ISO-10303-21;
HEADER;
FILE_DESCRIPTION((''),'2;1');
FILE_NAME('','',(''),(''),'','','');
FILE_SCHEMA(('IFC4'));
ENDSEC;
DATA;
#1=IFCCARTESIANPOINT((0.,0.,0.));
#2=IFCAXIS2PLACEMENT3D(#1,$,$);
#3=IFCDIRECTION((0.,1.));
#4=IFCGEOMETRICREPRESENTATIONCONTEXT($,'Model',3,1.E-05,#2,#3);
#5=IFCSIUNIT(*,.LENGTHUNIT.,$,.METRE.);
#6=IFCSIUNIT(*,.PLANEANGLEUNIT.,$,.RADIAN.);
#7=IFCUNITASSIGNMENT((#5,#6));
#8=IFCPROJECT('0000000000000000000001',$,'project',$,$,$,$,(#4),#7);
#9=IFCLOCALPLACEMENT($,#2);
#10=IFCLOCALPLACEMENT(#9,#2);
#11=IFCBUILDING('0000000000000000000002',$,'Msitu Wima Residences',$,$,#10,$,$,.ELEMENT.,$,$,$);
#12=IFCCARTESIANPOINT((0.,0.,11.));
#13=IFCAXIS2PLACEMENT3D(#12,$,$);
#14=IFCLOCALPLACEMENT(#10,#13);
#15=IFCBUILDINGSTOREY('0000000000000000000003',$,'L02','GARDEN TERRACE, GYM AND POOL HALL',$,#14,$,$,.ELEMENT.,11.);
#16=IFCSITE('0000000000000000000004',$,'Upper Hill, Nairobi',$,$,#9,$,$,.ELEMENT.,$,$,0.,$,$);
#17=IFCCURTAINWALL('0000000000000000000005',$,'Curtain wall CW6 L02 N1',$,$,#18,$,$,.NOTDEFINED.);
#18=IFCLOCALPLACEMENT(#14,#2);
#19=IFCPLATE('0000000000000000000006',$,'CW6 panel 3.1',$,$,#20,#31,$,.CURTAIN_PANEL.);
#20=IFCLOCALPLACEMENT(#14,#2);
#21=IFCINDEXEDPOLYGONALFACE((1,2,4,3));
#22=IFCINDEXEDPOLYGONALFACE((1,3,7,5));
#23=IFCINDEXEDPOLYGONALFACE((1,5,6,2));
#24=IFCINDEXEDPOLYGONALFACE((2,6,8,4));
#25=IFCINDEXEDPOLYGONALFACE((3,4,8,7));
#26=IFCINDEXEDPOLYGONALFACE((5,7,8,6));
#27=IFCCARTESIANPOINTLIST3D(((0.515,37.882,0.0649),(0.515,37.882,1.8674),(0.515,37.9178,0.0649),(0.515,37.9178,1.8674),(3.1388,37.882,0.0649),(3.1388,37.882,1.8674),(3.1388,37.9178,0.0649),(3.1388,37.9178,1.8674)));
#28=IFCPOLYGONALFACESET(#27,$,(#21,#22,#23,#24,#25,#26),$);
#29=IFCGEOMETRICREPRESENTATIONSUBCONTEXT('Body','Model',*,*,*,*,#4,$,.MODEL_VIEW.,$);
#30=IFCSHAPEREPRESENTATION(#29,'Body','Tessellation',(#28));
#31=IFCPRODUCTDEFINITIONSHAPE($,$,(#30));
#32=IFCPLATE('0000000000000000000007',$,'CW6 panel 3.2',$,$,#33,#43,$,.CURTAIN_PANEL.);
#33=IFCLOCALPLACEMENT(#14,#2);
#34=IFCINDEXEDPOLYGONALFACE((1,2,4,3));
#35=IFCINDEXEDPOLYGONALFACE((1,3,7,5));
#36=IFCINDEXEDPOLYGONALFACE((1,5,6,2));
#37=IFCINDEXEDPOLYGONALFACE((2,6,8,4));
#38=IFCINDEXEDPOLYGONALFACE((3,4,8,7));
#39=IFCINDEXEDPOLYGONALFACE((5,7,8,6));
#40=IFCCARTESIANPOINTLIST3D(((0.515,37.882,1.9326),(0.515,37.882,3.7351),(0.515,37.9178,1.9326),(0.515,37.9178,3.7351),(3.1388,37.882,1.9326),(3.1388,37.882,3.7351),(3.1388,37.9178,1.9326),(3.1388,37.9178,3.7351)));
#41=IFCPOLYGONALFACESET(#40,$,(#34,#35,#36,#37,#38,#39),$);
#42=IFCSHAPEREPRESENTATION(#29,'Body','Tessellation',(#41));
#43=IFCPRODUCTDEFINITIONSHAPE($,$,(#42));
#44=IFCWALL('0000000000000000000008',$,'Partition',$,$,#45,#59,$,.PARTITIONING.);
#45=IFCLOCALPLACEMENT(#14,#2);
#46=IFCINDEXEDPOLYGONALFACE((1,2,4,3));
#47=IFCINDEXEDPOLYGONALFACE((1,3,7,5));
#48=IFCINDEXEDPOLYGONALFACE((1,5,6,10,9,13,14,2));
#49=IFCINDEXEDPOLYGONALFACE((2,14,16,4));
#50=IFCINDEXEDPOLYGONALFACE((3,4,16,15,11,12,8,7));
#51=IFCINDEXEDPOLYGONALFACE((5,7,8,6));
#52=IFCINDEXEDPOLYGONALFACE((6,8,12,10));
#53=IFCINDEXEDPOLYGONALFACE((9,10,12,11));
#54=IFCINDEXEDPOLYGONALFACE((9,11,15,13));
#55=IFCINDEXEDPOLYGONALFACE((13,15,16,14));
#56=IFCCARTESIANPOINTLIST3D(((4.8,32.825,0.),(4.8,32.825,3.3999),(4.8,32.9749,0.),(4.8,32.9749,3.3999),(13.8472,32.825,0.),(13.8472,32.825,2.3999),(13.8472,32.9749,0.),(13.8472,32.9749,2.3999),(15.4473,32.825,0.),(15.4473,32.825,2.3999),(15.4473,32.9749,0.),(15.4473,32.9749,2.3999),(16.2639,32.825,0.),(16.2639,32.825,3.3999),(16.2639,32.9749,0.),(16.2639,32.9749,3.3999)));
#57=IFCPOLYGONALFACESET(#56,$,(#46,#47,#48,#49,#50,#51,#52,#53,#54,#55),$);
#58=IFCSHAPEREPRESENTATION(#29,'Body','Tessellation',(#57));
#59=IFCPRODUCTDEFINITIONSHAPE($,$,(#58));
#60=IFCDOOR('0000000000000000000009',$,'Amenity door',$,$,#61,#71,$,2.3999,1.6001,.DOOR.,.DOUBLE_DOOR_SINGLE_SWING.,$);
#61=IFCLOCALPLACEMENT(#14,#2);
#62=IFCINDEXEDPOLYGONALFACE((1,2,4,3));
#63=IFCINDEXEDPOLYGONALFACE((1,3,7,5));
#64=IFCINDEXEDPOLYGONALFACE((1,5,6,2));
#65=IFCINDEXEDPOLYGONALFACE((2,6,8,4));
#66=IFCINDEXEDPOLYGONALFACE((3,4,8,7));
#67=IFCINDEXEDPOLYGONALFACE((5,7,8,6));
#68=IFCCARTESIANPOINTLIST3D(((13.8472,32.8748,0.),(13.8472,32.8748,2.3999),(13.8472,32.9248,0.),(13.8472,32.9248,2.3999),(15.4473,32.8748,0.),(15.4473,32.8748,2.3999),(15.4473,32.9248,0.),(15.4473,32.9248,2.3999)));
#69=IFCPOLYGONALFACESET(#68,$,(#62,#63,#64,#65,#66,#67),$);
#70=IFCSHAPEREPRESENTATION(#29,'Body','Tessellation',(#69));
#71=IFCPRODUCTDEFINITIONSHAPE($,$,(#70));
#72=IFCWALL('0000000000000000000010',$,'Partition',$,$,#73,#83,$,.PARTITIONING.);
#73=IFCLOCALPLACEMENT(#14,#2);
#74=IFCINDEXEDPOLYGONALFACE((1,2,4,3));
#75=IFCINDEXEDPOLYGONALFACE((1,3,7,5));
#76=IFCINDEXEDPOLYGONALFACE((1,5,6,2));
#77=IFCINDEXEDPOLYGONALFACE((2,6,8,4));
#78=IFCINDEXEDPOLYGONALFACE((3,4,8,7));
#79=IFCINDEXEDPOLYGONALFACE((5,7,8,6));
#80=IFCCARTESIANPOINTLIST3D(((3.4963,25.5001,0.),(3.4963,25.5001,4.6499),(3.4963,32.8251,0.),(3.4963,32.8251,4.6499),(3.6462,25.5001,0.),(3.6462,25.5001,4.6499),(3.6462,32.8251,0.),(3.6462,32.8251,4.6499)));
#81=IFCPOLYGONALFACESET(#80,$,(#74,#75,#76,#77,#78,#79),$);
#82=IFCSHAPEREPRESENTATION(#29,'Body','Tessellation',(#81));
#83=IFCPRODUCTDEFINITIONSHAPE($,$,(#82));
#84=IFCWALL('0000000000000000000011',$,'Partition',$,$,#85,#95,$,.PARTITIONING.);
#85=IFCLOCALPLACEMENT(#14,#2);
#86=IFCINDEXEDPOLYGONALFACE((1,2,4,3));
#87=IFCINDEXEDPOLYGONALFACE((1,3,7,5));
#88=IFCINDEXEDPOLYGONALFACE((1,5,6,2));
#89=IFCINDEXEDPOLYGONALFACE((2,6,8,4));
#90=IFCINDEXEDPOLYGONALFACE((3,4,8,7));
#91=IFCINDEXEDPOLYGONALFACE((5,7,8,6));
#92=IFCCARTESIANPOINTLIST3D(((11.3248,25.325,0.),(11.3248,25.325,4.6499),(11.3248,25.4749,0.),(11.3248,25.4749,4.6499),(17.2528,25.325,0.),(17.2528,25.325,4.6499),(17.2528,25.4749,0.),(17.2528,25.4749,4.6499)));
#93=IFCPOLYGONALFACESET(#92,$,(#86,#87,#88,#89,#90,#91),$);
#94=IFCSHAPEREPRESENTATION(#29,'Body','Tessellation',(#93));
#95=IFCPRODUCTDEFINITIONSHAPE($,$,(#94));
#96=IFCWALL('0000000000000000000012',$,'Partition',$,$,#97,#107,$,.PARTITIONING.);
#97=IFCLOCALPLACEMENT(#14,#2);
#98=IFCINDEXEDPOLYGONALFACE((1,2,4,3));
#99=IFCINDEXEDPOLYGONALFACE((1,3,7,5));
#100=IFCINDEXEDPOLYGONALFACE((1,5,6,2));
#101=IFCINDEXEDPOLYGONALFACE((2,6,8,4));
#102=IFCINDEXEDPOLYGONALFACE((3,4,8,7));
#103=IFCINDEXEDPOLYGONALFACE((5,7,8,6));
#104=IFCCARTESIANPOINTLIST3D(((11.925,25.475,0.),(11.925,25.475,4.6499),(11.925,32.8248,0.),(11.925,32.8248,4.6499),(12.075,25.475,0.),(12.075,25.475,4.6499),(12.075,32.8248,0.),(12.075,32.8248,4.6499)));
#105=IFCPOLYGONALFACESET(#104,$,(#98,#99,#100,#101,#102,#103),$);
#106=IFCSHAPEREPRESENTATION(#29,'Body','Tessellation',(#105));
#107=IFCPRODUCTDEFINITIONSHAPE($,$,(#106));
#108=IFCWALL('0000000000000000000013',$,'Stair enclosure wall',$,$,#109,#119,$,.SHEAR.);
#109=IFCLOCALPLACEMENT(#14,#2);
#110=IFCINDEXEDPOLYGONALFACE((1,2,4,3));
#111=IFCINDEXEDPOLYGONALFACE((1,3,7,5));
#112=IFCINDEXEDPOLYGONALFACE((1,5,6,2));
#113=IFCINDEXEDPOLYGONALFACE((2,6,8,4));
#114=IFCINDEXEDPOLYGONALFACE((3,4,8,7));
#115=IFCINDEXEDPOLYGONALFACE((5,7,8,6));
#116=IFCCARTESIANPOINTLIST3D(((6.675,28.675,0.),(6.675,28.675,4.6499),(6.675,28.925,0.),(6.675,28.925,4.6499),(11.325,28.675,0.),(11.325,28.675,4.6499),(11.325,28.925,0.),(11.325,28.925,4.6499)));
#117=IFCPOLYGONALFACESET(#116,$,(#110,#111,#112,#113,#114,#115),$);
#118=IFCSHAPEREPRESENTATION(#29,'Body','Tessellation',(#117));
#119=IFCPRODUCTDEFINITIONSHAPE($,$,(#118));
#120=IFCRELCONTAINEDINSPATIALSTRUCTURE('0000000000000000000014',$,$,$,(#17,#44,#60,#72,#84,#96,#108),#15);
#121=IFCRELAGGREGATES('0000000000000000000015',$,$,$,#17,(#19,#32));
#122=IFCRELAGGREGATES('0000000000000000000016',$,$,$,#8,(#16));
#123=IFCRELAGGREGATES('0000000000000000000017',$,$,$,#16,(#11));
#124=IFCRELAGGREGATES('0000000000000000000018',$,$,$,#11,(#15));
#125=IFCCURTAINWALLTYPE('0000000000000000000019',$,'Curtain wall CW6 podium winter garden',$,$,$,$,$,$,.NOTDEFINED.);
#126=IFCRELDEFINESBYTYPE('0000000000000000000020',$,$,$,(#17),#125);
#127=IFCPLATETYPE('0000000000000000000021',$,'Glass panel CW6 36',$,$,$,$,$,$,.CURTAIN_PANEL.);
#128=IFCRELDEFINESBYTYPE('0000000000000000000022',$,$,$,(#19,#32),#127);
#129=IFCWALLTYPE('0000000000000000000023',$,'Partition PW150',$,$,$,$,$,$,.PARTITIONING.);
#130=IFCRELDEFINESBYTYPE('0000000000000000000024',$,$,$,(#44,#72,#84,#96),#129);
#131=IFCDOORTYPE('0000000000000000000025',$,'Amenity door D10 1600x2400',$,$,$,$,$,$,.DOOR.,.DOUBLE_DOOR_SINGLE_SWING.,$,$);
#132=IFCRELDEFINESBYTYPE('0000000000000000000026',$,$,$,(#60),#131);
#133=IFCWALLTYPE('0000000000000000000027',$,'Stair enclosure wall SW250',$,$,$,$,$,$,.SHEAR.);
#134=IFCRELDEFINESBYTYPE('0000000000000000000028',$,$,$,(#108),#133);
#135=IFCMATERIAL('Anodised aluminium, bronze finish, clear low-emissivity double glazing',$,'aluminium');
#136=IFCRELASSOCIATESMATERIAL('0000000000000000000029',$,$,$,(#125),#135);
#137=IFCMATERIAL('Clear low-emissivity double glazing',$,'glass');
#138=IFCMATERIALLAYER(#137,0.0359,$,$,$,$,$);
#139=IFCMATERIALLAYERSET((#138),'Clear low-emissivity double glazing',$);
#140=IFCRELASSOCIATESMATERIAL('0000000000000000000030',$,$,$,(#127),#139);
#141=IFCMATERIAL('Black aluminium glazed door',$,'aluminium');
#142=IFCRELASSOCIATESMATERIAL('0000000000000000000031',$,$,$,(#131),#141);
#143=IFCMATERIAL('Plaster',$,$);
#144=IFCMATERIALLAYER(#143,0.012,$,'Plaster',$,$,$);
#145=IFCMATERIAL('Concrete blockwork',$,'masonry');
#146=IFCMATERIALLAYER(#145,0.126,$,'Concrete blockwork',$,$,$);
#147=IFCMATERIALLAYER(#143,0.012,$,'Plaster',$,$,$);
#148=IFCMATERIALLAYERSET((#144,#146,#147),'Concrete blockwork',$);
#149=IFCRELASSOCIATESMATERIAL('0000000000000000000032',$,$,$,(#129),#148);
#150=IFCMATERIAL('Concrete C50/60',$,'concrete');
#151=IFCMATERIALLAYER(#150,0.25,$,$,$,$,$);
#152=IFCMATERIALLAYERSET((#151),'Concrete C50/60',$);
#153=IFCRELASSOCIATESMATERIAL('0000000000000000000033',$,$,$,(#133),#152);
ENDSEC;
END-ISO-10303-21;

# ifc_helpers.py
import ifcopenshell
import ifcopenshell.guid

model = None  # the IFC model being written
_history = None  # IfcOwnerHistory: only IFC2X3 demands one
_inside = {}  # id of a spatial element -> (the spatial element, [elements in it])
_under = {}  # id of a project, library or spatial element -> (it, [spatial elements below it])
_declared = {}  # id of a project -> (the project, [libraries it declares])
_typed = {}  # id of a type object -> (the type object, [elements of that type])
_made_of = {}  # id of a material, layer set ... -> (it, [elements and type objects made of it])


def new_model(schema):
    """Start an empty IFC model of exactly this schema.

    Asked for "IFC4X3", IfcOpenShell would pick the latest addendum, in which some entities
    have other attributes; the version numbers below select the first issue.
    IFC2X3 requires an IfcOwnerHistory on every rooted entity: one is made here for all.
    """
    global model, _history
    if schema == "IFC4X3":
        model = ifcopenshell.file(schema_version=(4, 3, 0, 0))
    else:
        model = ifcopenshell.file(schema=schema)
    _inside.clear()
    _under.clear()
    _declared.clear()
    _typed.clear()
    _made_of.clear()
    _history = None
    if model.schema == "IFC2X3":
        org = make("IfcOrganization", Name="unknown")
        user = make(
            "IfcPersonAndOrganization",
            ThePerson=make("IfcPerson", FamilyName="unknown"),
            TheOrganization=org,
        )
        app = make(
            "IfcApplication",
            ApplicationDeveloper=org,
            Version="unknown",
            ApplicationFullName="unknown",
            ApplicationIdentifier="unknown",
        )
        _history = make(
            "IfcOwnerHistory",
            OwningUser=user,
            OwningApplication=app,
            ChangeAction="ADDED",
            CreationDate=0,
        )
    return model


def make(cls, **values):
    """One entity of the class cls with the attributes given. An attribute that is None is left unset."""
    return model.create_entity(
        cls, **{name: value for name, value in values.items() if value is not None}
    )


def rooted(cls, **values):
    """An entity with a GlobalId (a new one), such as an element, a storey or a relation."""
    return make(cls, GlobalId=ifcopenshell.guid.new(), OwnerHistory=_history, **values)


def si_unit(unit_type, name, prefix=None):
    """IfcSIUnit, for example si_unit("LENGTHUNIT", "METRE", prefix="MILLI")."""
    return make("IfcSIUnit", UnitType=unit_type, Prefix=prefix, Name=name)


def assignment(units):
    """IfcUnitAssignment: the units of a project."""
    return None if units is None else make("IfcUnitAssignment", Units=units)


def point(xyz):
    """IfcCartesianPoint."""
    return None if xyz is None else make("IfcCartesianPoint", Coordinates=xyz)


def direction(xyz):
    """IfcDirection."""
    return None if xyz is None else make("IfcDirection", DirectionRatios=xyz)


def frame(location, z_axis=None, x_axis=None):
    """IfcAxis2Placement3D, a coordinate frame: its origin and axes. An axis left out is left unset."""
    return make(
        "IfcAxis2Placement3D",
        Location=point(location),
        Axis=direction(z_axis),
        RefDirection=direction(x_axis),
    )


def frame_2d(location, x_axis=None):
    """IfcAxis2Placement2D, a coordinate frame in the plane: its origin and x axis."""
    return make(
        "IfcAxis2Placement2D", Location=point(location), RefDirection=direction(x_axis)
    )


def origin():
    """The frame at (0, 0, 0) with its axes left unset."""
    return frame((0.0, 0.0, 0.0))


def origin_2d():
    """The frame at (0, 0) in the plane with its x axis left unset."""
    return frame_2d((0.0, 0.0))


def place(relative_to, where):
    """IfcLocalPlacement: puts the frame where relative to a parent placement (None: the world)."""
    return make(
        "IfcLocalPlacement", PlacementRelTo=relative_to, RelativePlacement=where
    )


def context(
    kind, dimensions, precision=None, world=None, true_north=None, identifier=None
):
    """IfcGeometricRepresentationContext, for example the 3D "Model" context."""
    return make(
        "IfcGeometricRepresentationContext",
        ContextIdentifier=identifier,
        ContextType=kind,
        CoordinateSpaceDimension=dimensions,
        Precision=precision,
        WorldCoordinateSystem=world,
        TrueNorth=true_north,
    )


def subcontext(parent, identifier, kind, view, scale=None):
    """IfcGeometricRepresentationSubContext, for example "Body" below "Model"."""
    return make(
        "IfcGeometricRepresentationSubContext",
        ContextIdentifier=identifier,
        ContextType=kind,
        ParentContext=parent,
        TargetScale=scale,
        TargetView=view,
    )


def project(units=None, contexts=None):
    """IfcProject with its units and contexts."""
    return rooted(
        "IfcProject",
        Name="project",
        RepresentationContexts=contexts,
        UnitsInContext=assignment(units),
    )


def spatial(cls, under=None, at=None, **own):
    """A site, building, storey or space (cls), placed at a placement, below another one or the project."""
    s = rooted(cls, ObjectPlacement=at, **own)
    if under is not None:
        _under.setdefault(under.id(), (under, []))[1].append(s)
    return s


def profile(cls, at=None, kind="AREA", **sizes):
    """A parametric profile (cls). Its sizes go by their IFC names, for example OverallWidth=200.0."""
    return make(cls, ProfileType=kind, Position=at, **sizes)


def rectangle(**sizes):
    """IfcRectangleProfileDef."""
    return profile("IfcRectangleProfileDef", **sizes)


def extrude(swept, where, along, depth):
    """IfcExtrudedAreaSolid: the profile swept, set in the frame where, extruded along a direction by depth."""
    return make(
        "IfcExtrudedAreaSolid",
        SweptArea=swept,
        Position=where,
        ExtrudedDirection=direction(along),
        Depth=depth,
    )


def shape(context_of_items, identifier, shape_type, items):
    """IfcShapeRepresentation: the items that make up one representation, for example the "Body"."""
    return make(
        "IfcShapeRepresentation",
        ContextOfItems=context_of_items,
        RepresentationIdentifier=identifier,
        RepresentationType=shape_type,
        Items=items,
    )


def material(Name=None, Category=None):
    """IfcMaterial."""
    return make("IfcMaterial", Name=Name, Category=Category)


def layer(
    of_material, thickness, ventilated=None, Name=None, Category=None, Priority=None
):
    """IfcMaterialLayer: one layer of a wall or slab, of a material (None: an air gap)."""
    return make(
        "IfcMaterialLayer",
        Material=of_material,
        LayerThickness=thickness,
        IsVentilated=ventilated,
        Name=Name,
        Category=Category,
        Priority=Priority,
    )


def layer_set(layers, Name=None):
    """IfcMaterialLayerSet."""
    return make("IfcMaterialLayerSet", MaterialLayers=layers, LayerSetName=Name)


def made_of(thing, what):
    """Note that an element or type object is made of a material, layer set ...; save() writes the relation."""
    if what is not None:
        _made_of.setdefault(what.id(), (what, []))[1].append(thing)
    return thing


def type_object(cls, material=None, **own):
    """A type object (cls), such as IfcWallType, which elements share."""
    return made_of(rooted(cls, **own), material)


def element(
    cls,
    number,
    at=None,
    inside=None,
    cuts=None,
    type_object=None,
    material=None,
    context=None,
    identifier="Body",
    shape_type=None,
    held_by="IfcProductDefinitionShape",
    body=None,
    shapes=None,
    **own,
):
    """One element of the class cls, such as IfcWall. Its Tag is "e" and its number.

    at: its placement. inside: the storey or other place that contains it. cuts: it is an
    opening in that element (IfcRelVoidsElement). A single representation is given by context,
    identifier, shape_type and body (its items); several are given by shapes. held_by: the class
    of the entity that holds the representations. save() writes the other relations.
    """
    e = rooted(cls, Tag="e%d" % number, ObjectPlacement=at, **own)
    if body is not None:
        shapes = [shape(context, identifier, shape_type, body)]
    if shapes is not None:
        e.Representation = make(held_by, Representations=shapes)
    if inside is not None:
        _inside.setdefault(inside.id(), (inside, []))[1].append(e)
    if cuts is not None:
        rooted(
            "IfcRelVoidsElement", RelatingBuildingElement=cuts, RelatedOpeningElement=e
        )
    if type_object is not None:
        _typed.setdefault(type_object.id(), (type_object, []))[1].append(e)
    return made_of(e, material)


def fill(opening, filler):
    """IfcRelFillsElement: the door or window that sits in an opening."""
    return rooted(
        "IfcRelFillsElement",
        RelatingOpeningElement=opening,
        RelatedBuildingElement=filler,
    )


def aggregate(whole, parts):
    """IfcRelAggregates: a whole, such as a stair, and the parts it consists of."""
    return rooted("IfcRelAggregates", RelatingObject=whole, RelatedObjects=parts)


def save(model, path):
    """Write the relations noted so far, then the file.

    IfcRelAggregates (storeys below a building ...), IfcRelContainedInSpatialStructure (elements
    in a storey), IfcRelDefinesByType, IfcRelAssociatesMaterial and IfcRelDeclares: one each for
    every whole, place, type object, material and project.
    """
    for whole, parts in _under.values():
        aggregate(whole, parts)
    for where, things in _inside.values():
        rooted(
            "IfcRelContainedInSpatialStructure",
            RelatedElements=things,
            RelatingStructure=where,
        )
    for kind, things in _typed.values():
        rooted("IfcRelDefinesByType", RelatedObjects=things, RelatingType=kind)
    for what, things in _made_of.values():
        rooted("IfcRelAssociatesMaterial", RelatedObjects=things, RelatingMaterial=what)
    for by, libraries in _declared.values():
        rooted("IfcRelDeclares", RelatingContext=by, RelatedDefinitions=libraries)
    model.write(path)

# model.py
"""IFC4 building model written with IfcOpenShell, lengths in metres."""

from ifc_helpers import new_model, si_unit, direction, frame, frame_2d, origin, origin_2d, place, context, subcontext, project, spatial, rectangle, extrude, material, layer, layer_set, type_object, element, fill, aggregate, save


model = new_model("IFC4")

# Units and contexts
model_context = context("Model", 3, precision=1e-05, world=origin(), true_north=direction((0.0, 1.0)))
body_context = subcontext(model_context, "Body", "Model", "MODEL_VIEW")
ifc_project = project(units=[si_unit("LENGTHUNIT", "METRE"), si_unit("PLANEANGLEUNIT", "RADIAN")], contexts=[model_context])

# Site, building, storey
site_placement = place(None, origin())
site = spatial("IfcSite", under=ifc_project, at=site_placement, Name="Upper Hill, Nairobi", CompositionType="ELEMENT", RefElevation=0.0)
building_placement = place(site_placement, origin())
building = spatial("IfcBuilding", under=site, at=building_placement, Name="Msitu Wima Residences", CompositionType="ELEMENT")
storey_placement = place(building_placement, frame((0.0, 0.0, 11.0)))
storey = spatial("IfcBuildingStorey", under=building, at=storey_placement, Name="L02", Description="GARDEN TERRACE, GYM AND POOL HALL", CompositionType="ELEMENT", Elevation=11.0)

# Curtain wall
ifc_material_1 = material(Name="Anodised aluminium, bronze finish, clear low-emissivity double glazing", Category="aluminium")
curtain_wall_type = type_object("IfcCurtainWallType", Name="Curtain wall CW6 podium winter garden", PredefinedType="NOTDEFINED", material=ifc_material_1)
curtain_wall_placement = place(storey_placement, origin())
curtain_wall = element("IfcCurtainWall", 1, at=curtain_wall_placement, inside=storey, type_object=curtain_wall_type, Name="Curtain wall CW6 L02 N1", PredefinedType="NOTDEFINED")

# Plates
ifc_material_2 = material(Name="Clear low-emissivity double glazing", Category="glass")
ifc_layer_1 = layer(ifc_material_2, 0.0359)
ifc_layer_set_1 = layer_set([ifc_layer_1], Name="Clear low-emissivity double glazing")
plate_type = type_object("IfcPlateType", Name="Glass panel CW6 36", PredefinedType="CURTAIN_PANEL", material=ifc_layer_set_1)
plate_1_placement = place(storey_placement, frame((1.8269, 37.8999, 0.0649), z_axis=(0.0, 0.0, 1.0), x_axis=(-1.0, 0.0, 0.0)))
plate_1 = element("IfcPlate", 2, at=plate_1_placement, type_object=plate_type, Name="CW6 panel 3.1", PredefinedType="CURTAIN_PANEL", context=body_context, shape_type="SweptSolid", body=[
    extrude(rectangle(XDim=2.6238, YDim=0.0359, at=origin_2d()), origin(), (0.0, 0.0, 1.0), 1.8025),
])
plate_2_placement = place(storey_placement, frame((1.8269, 37.8999, 1.9326), z_axis=(0.0, 0.0, 1.0), x_axis=(-1.0, 0.0, 0.0)))
plate_2 = element("IfcPlate", 3, at=plate_2_placement, type_object=plate_type, Name="CW6 panel 3.2", PredefinedType="CURTAIN_PANEL", context=body_context, shape_type="SweptSolid", body=[
    extrude(rectangle(XDim=2.6238, YDim=0.0359, at=origin_2d()), origin(), (0.0, 0.0, 1.0), 1.8025),
])
aggregate(curtain_wall, [plate_1, plate_2])

# Wall, opening, door
ifc_material_3 = material(Name="Plaster")
ifc_material_4 = material(Name="Concrete blockwork", Category="masonry")
ifc_material_5 = material(Name="Black aluminium glazed door", Category="aluminium")
door_type = type_object("IfcDoorType", Name="Amenity door D10 1600x2400", OperationType="DOUBLE_DOOR_SINGLE_SWING", PredefinedType="DOOR", material=ifc_material_5)
ifc_layer_2 = layer(ifc_material_3, 0.012, Name="Plaster")
ifc_layer_3 = layer(ifc_material_4, 0.126, Name="Concrete blockwork")
ifc_layer_4 = layer(ifc_material_3, 0.012, Name="Plaster")
ifc_layer_set_2 = layer_set([ifc_layer_2, ifc_layer_3, ifc_layer_4], Name="Concrete blockwork")
wall_type_1 = type_object("IfcWallType", Name="Partition PW150", PredefinedType="PARTITIONING", material=ifc_layer_set_2)
wall_1_placement = place(storey_placement, frame((4.8, 32.8999, 0.0), z_axis=(0.0, 0.0, 1.0), x_axis=(1.0, 0.0, 0.0)))
wall_1 = element("IfcWall", 4, at=wall_1_placement, inside=storey, type_object=wall_type_1, Name="Partition", PredefinedType="PARTITIONING", context=body_context, shape_type="SweptSolid", body=[
    extrude(rectangle(XDim=11.4639, YDim=0.1499, at=frame_2d((5.7319, 0.0))), origin(), (0.0, 0.0, 1.0), 3.3999),
])
opening_1_placement = place(wall_1_placement, frame((9.0471, 0.0, 0.0)))
opening_1 = element("IfcOpeningElement", 5, at=opening_1_placement, cuts=wall_1, PredefinedType="OPENING", context=body_context, shape_type="SweptSolid", body=[
    extrude(rectangle(XDim=1.6001, YDim=2.3999, at=frame_2d((0.8, 1.2))), frame((0.0, 0.085, 0.0), z_axis=(0.0, -1.0, 0.0), x_axis=(1.0, 0.0, 0.0)), (0.0, 0.0, 1.0), 0.1699),
])
door_1_placement = place(opening_1_placement, origin())
door_1 = element("IfcDoor", 6, at=door_1_placement, inside=storey, type_object=door_type, Name="Amenity door", OperationType="DOUBLE_DOOR_SINGLE_SWING", OverallHeight=2.3999, OverallWidth=1.6001, PredefinedType="DOOR", context=body_context, shape_type="SweptSolid", body=[
    extrude(rectangle(XDim=1.6001, YDim=2.3999, at=frame_2d((0.8, 1.2))), frame((0.0, 0.0249, 0.0), z_axis=(0.0, -1.0, 0.0), x_axis=(1.0, 0.0, 0.0)), (0.0, 0.0, 1.0), 0.05),
])
fill(opening_1, door_1)

# Walls
wall_2_placement = place(storey_placement, frame((3.5713, 25.5, 0.0), z_axis=(0.0, 0.0, 1.0), x_axis=(0.0, 1.0, 0.0)))
element("IfcWall", 7, at=wall_2_placement, inside=storey, type_object=wall_type_1, Name="Partition", PredefinedType="PARTITIONING", context=body_context, shape_type="SweptSolid", body=[
    extrude(rectangle(XDim=7.325, YDim=0.1499, at=frame_2d((3.6626, 0.0))), origin(), (0.0, 0.0, 1.0), 4.6499),
])
wall_3_placement = place(storey_placement, frame((11.325, 25.3999, 0.0), z_axis=(0.0, 0.0, 1.0), x_axis=(1.0, 0.0, 0.0)))
element("IfcWall", 8, at=wall_3_placement, inside=storey, type_object=wall_type_1, Name="Partition", PredefinedType="PARTITIONING", context=body_context, shape_type="SweptSolid", body=[
    extrude(rectangle(XDim=5.928, YDim=0.1499, at=frame_2d((2.9639, 0.0))), origin(), (0.0, 0.0, 1.0), 4.6499),
])
wall_4_placement = place(storey_placement, frame((12.0, 25.4751, 0.0), z_axis=(0.0, 0.0, 1.0), x_axis=(0.0, 1.0, 0.0)))
element("IfcWall", 9, at=wall_4_placement, inside=storey, type_object=wall_type_1, Name="Partition", PredefinedType="PARTITIONING", context=body_context, shape_type="SweptSolid", body=[
    extrude(rectangle(XDim=7.3499, YDim=0.1499, at=frame_2d((3.6748, 0.0))), origin(), (0.0, 0.0, 1.0), 4.6499),
])
ifc_material_6 = material(Name="Concrete C50/60", Category="concrete")
ifc_layer_5 = layer(ifc_material_6, 0.25)
ifc_layer_set_3 = layer_set([ifc_layer_5], Name="Concrete C50/60")
wall_type_2 = type_object("IfcWallType", Name="Stair enclosure wall SW250", PredefinedType="SHEAR", material=ifc_layer_set_3)
wall_5_placement = place(storey_placement, frame((6.675, 28.8, 0.0), z_axis=(0.0, 0.0, 1.0), x_axis=(1.0, 0.0, 0.0)))
element("IfcWall", 10, at=wall_5_placement, inside=storey, type_object=wall_type_2, Name="Stair enclosure wall", PredefinedType="SHEAR", context=body_context, shape_type="SweptSolid", body=[
    extrude(rectangle(XDim=4.6499, YDim=0.25, at=frame_2d((2.325, 0.0))), origin(), (0.0, 0.0, 1.0), 4.6499),
])

save(model, "model.ifc")
